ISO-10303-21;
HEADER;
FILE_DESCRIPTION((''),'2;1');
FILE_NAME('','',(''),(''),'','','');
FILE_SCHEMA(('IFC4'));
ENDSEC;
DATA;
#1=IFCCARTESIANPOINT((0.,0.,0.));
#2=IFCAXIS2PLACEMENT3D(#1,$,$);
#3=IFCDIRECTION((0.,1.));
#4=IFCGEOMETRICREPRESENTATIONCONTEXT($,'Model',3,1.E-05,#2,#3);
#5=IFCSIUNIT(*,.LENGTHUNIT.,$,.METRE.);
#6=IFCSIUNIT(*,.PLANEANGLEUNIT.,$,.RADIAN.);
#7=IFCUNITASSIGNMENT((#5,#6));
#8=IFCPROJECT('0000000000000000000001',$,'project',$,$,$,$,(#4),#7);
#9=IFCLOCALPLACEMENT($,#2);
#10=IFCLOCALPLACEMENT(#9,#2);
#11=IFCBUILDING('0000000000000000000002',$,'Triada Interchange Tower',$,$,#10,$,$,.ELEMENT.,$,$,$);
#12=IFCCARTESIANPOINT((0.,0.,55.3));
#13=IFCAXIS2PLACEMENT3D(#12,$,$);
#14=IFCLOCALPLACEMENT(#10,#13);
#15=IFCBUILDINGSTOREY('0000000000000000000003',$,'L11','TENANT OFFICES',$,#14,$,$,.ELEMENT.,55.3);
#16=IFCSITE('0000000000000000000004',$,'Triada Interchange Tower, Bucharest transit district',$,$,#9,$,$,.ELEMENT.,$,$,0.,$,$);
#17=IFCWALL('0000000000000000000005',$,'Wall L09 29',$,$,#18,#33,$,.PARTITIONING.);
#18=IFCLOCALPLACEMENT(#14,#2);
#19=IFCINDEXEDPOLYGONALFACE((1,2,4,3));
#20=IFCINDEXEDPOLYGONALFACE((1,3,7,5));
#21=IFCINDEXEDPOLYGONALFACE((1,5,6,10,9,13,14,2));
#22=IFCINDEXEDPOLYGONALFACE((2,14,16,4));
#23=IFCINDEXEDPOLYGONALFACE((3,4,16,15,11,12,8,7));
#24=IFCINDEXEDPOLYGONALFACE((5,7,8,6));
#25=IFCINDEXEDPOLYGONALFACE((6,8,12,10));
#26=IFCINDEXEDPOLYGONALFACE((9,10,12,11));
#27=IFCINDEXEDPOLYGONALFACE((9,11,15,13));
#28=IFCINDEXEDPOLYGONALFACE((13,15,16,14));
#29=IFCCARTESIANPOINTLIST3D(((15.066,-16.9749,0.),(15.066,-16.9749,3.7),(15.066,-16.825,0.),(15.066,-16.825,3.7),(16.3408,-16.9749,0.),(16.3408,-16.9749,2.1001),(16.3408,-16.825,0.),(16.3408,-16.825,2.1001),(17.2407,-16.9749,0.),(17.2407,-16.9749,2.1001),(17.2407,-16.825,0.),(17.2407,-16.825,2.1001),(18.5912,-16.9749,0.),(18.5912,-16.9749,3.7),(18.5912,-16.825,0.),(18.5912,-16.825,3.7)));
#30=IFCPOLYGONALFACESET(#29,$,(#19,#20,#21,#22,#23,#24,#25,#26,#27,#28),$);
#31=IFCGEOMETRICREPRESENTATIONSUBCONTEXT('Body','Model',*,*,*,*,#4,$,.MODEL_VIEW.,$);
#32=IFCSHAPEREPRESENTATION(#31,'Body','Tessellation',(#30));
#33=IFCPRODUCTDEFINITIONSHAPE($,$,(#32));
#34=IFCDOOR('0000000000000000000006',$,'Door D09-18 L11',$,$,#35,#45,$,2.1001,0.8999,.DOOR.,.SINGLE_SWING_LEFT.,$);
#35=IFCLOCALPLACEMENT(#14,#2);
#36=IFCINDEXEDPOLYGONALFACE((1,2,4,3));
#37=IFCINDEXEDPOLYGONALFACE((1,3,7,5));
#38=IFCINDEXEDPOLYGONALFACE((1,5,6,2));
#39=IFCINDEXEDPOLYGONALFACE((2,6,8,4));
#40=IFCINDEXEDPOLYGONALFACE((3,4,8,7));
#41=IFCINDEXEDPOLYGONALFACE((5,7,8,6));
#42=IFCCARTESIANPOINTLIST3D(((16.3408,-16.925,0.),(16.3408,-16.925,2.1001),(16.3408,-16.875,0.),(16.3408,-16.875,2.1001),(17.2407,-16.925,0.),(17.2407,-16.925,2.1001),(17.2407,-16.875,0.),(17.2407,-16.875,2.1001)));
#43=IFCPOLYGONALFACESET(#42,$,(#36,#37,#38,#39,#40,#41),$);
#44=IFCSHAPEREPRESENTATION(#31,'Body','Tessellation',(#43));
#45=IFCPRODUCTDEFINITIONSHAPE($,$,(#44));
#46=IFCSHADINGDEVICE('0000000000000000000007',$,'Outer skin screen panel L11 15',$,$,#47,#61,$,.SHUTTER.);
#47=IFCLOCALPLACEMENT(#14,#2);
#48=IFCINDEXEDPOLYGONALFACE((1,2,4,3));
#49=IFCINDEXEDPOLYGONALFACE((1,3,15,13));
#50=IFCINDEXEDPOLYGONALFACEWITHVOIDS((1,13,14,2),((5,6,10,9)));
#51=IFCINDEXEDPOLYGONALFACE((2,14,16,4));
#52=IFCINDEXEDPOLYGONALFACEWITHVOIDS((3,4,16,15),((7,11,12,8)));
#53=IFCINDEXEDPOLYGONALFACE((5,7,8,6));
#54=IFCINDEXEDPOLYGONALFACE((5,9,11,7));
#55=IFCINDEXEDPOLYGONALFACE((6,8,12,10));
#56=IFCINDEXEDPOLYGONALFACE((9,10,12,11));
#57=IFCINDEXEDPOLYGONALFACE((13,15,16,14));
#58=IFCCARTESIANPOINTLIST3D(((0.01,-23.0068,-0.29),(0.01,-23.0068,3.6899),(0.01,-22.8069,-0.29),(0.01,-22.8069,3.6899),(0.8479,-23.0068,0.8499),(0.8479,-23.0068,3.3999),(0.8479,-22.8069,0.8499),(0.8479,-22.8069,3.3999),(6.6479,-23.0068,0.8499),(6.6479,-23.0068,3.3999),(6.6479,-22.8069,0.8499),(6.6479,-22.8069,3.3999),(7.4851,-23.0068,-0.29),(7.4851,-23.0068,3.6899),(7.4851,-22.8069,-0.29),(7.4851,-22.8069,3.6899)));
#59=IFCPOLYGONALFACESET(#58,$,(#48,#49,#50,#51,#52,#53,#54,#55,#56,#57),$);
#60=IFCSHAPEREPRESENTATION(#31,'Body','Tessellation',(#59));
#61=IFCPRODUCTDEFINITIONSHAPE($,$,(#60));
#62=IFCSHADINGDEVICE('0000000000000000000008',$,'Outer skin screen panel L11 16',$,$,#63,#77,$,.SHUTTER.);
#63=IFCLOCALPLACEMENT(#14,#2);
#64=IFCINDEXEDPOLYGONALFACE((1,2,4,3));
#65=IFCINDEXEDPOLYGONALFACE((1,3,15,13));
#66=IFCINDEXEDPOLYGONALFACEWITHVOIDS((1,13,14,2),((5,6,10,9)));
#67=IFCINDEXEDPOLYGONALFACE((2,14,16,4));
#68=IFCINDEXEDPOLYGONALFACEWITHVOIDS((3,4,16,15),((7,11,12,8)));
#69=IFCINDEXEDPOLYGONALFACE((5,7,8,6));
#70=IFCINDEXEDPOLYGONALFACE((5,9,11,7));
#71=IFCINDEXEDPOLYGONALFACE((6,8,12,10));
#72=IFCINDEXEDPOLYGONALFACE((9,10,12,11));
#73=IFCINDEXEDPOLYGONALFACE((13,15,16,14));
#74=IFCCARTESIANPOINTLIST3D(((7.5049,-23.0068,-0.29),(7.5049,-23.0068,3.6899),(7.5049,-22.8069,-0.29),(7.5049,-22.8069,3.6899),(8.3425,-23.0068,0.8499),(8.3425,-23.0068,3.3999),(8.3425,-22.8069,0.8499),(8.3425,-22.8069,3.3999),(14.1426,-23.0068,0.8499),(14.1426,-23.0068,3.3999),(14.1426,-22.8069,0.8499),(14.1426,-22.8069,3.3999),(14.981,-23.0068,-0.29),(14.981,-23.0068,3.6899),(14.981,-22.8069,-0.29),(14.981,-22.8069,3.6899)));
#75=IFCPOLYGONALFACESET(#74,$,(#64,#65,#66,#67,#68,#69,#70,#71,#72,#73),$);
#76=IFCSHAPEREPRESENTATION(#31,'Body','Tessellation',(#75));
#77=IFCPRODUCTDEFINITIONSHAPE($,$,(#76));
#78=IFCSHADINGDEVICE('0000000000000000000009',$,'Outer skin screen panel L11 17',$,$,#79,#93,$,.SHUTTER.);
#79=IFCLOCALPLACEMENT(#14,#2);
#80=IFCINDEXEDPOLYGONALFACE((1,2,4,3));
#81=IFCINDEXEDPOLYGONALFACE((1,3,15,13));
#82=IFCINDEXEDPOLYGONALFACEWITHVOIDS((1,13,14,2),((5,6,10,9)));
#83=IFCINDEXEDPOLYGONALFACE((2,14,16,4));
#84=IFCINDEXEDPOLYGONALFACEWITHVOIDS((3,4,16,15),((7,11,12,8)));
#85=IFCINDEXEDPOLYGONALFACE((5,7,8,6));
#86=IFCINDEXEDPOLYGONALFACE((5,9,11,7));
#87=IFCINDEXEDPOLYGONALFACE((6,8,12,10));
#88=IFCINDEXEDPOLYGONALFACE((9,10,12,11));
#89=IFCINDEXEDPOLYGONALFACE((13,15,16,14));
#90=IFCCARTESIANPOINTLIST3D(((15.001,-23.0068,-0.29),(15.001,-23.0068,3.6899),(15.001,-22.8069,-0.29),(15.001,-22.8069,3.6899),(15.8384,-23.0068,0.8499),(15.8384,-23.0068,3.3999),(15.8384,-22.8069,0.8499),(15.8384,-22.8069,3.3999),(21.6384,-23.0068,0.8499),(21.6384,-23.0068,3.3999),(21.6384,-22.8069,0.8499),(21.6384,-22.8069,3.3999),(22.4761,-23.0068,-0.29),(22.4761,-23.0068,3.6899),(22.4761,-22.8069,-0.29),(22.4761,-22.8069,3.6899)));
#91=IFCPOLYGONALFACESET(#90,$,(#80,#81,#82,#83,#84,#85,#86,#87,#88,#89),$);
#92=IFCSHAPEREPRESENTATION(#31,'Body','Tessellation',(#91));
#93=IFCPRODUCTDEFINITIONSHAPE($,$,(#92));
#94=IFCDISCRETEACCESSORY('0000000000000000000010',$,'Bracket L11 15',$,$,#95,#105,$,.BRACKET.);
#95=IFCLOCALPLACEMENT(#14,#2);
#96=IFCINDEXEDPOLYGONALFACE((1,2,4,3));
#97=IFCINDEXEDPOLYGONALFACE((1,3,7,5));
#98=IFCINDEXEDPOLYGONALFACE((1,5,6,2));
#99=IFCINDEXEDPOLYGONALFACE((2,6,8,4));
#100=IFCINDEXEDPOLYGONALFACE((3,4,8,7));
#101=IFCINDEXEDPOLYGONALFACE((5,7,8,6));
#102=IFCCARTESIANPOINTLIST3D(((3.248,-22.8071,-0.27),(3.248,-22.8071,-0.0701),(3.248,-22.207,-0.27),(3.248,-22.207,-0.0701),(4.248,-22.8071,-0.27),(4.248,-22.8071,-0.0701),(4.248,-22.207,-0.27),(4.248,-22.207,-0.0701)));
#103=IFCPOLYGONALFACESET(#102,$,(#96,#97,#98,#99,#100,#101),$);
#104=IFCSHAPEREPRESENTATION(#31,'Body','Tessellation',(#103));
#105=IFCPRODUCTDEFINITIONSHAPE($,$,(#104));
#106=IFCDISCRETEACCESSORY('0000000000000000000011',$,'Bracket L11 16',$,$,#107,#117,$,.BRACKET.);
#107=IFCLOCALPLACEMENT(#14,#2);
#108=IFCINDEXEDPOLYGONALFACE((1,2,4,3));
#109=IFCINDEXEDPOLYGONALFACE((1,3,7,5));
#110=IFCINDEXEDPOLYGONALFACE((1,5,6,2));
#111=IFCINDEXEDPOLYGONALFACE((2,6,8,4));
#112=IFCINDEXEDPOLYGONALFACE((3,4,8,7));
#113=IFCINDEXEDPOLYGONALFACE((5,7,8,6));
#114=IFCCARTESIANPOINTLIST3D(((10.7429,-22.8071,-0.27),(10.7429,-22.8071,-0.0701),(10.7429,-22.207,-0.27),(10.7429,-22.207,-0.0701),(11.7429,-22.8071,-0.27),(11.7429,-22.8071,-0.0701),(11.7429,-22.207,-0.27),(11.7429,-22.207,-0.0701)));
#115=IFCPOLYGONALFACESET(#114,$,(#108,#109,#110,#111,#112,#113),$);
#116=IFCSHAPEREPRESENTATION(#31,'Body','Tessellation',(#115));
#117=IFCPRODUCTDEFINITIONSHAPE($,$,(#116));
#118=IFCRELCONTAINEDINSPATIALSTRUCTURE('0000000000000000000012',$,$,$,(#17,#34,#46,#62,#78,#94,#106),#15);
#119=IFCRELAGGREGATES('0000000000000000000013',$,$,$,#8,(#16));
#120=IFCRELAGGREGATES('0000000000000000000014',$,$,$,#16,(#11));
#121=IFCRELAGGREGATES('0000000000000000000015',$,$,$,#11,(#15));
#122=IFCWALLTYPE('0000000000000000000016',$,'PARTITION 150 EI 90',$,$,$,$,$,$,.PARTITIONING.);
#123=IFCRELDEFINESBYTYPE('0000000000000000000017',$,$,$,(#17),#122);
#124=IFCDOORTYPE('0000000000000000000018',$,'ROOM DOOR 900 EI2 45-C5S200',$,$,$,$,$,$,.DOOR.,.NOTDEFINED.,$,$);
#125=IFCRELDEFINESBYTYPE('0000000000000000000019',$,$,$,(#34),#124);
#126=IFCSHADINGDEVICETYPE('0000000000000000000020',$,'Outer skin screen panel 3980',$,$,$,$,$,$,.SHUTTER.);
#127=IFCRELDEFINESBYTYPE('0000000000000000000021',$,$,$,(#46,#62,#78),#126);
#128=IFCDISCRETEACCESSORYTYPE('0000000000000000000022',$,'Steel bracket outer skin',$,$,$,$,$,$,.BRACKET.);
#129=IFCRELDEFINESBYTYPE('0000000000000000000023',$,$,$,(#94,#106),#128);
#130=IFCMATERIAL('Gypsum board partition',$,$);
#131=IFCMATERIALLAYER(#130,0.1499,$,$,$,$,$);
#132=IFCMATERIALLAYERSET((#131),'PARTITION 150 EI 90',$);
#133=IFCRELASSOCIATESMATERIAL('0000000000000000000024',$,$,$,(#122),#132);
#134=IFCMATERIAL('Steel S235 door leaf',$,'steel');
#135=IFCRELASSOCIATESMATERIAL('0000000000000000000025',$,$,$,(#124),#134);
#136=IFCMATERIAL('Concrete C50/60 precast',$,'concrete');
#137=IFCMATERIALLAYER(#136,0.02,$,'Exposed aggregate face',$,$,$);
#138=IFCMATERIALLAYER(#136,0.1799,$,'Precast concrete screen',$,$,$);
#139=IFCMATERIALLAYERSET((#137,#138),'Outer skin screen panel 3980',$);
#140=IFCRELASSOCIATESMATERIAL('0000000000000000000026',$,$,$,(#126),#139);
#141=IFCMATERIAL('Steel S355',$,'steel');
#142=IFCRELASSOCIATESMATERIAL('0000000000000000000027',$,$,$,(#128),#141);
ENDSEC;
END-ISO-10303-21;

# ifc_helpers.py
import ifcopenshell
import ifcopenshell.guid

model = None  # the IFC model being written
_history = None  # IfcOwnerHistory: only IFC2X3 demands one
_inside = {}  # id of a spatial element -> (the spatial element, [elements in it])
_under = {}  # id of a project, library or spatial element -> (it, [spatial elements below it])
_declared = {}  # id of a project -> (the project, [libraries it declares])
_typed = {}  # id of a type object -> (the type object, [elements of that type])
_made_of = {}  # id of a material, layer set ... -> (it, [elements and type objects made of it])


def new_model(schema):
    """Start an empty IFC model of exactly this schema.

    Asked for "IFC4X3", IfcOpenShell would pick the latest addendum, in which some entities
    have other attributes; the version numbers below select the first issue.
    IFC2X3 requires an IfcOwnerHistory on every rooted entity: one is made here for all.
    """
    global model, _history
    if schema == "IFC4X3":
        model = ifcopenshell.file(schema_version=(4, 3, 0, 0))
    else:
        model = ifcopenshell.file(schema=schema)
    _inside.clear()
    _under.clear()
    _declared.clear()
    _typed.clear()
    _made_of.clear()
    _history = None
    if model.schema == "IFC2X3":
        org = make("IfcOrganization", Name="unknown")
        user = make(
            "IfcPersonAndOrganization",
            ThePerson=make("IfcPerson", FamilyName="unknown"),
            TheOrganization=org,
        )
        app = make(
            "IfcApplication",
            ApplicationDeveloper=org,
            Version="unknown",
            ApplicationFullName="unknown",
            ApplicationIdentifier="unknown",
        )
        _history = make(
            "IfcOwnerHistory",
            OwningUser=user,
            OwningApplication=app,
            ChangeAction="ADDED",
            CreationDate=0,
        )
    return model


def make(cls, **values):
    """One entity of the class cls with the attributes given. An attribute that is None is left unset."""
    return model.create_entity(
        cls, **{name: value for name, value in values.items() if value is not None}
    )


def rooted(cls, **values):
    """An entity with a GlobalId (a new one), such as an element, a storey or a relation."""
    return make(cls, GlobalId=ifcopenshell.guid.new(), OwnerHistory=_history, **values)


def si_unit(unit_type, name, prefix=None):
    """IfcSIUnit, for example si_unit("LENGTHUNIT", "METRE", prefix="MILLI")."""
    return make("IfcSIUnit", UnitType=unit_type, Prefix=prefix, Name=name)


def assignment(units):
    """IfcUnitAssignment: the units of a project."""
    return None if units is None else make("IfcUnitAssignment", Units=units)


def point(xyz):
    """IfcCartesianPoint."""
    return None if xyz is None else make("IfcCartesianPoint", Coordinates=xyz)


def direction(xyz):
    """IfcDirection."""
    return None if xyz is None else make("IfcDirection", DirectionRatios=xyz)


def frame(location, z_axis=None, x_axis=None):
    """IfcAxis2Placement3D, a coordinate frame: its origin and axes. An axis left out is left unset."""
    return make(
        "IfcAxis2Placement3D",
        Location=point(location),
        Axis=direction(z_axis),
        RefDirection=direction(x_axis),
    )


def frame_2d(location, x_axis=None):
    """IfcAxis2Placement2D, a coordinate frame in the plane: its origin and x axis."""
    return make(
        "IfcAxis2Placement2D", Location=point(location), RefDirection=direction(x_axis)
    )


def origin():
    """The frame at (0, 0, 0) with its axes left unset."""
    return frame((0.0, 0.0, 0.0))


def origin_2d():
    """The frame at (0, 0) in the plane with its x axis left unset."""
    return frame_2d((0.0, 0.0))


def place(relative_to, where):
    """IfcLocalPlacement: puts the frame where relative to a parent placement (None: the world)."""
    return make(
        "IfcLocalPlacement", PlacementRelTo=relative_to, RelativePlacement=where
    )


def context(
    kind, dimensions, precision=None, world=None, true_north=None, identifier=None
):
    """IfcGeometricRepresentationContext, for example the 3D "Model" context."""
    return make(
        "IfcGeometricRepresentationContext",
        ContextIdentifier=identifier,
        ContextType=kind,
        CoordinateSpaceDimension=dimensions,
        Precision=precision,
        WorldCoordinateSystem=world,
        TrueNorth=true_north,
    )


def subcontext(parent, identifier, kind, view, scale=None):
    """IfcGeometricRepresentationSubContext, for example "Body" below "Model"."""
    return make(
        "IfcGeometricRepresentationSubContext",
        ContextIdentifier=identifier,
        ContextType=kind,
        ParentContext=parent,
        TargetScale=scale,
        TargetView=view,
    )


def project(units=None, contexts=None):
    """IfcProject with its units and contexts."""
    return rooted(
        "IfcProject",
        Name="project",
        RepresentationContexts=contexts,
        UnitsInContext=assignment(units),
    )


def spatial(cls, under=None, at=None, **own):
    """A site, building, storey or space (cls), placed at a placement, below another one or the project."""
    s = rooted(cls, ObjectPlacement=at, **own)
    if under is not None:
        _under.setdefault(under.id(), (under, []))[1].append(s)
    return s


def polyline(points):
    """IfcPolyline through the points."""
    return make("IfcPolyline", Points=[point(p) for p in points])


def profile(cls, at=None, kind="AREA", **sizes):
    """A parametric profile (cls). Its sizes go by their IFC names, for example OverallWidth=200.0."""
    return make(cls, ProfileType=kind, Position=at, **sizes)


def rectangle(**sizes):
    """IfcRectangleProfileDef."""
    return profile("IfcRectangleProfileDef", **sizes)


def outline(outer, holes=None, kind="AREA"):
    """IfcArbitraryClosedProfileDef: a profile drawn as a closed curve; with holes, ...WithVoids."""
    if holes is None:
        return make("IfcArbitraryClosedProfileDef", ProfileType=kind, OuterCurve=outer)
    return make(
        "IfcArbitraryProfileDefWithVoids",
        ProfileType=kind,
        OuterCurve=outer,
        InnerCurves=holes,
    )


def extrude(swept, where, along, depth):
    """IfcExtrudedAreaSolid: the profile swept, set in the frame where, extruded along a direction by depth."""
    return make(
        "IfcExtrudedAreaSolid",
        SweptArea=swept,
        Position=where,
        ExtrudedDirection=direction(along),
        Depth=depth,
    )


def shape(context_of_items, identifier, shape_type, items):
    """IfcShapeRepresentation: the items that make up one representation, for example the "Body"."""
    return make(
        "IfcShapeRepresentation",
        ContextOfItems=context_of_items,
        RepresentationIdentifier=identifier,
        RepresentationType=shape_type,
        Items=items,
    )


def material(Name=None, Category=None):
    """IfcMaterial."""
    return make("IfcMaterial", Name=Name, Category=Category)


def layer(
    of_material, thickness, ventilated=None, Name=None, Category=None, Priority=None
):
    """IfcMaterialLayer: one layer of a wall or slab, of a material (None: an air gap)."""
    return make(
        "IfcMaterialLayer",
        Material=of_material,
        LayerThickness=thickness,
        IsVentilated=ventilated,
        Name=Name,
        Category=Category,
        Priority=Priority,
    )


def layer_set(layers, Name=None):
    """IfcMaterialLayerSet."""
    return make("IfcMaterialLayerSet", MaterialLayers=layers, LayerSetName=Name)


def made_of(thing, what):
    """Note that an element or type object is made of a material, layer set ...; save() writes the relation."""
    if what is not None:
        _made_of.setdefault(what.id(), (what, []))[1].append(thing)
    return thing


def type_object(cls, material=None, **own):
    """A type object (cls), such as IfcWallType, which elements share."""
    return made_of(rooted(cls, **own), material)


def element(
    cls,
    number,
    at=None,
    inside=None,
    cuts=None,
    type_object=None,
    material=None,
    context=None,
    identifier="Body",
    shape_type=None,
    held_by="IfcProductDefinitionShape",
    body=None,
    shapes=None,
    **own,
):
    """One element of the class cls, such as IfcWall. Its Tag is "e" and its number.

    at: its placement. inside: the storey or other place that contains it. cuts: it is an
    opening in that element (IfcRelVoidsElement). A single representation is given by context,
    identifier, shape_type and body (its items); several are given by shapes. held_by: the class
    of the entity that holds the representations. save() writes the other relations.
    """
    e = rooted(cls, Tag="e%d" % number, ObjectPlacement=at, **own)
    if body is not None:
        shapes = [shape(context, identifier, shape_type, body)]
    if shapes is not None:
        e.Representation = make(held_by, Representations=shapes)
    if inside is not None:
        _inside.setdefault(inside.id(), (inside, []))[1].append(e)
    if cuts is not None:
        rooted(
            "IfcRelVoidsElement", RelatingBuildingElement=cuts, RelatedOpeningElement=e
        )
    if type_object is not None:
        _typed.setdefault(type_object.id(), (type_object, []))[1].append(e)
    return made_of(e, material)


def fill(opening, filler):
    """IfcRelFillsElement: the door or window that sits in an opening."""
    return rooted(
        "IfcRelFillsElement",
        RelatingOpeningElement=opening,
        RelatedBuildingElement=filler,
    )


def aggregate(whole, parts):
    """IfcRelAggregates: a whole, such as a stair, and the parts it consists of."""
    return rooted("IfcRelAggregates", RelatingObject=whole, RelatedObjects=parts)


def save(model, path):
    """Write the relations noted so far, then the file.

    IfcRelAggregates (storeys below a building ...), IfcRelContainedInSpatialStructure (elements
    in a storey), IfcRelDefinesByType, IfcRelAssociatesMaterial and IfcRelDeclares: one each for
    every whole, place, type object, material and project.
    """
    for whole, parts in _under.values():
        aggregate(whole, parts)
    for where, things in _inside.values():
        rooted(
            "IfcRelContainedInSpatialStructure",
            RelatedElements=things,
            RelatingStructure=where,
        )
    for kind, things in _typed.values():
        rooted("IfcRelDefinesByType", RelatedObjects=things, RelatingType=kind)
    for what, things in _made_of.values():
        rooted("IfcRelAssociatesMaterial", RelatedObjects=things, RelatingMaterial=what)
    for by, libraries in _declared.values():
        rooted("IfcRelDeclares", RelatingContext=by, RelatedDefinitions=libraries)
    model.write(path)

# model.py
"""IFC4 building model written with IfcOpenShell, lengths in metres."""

from ifc_helpers import new_model, si_unit, direction, frame, frame_2d, origin, origin_2d, place, context, subcontext, project, spatial, polyline, rectangle, outline, extrude, material, layer, layer_set, type_object, element, fill, save


model = new_model("IFC4")

# Units and contexts
model_context = context("Model", 3, precision=1e-05, world=origin(), true_north=direction((0.0, 1.0)))
body_context = subcontext(model_context, "Body", "Model", "MODEL_VIEW")
ifc_project = project(units=[si_unit("LENGTHUNIT", "METRE"), si_unit("PLANEANGLEUNIT", "RADIAN")], contexts=[model_context])

# Site, building, storey
site_placement = place(None, origin())
site = spatial("IfcSite", under=ifc_project, at=site_placement, Name="Triada Interchange Tower, Bucharest transit district", CompositionType="ELEMENT", RefElevation=0.0)
building_placement = place(site_placement, origin())
building = spatial("IfcBuilding", under=site, at=building_placement, Name="Triada Interchange Tower", CompositionType="ELEMENT")
storey_placement = place(building_placement, frame((0.0, 0.0, 55.3)))
storey = spatial("IfcBuildingStorey", under=building, at=storey_placement, Name="L11", Description="TENANT OFFICES", CompositionType="ELEMENT", Elevation=55.3)

# Shared definitions
ifc_material_1 = material(Name="Gypsum board partition")

# Wall, opening, door
ifc_layer_1 = layer(ifc_material_1, 0.1499)
ifc_layer_set_1 = layer_set([ifc_layer_1], Name="PARTITION 150 EI 90")
wall_type_1 = type_object("IfcWallType", Name="PARTITION 150 EI 90", PredefinedType="PARTITIONING", material=ifc_layer_set_1)
wall_1_placement = place(storey_placement, frame((15.0659, -16.8999, 0.0), z_axis=(0.0, 0.0, 1.0), x_axis=(1.0, 0.0, 0.0)))
wall_1 = element("IfcWall", 1, at=wall_1_placement, inside=storey, type_object=wall_type_1, Name="Wall L09 29", PredefinedType="PARTITIONING", context=body_context, shape_type="SweptSolid", body=[
    extrude(rectangle(XDim=3.5251, YDim=0.1499, at=frame_2d((1.7627, 0.0))), origin(), (0.0, 0.0, 1.0), 3.7),
])
opening_placement = place(wall_1_placement, frame((1.2749, 0.0, 0.0)))
opening = element("IfcOpeningElement", 2, at=opening_placement, cuts=wall_1, PredefinedType="OPENING", context=body_context, shape_type="SweptSolid", body=[
    extrude(rectangle(XDim=0.8999, YDim=2.1001, at=frame_2d((0.45, 1.05))), frame((0.0, 0.085, 0.0), z_axis=(0.0, -1.0, 0.0), x_axis=(1.0, 0.0, 0.0)), (0.0, 0.0, 1.0), 0.1699),
])
ifc_material_2 = material(Name="Steel S235 door leaf", Category="steel")
door_type = type_object("IfcDoorType", Name="ROOM DOOR 900 EI2 45-C5S200", OperationType="NOTDEFINED", PredefinedType="DOOR", material=ifc_material_2)
door_placement = place(opening_placement, origin())
door = element("IfcDoor", 3, at=door_placement, inside=storey, type_object=door_type, Name="Door D09-18 L11", OperationType="SINGLE_SWING_LEFT", OverallHeight=2.1001, OverallWidth=0.8999, PredefinedType="DOOR", context=body_context, shape_type="SweptSolid", body=[
    extrude(rectangle(XDim=0.8999, YDim=2.1001, at=frame_2d((0.45, 1.05))), frame((0.0, 0.0249, 0.0), z_axis=(0.0, -1.0, 0.0), x_axis=(1.0, 0.0, 0.0)), (0.0, 0.0, 1.0), 0.05),
])
fill(opening, door)

# Shading devices
ifc_material_3 = material(Name="Concrete C50/60 precast", Category="concrete")
ifc_layer_2 = layer(ifc_material_3, 0.02, Name="Exposed aggregate face")
ifc_layer_3 = layer(ifc_material_3, 0.1799, Name="Precast concrete screen")
ifc_layer_set_2 = layer_set([ifc_layer_2, ifc_layer_3], Name="Outer skin screen panel 3980")
shading_device_type = type_object("IfcShadingDeviceType", Name="Outer skin screen panel 3980", PredefinedType="SHUTTER", material=ifc_layer_set_2)
shading_device_1_placement = place(storey_placement, frame((0.01, -22.8069, -0.29), z_axis=(0.0, 0.0, 1.0), x_axis=(1.0, 0.0, 0.0)))
element("IfcShadingDevice", 4, at=shading_device_1_placement, inside=storey, type_object=shading_device_type, Name="Outer skin screen panel L11 15", PredefinedType="SHUTTER", context=body_context, shape_type="SweptSolid", body=[
    extrude(outline(polyline([(0.0, 0.0), (7.4751, 0.0), (7.4751, 3.98), (0.0, 3.98), (0.0, 0.0)]), holes=[polyline([(0.8379, 1.1399), (0.8379, 3.6899), (6.6379, 3.6899), (6.6379, 1.1399), (0.8379, 1.1399)])]), frame((0.0, 0.0, 0.0), z_axis=(0.0, -1.0, 0.0), x_axis=(1.0, 0.0, 0.0)), (0.0, 0.0, 1.0), 0.2),
])
shading_device_2_placement = place(storey_placement, frame((7.5049, -22.8069, -0.29), z_axis=(0.0, 0.0, 1.0), x_axis=(1.0, 0.0, 0.0)))
element("IfcShadingDevice", 5, at=shading_device_2_placement, inside=storey, type_object=shading_device_type, Name="Outer skin screen panel L11 16", PredefinedType="SHUTTER", context=body_context, shape_type="SweptSolid", body=[
    extrude(outline(polyline([(0.0, 0.0), (7.4761, 0.0), (7.4761, 3.98), (0.0, 3.98), (0.0, 0.0)]), holes=[polyline([(0.8376, 1.1399), (0.8376, 3.6899), (6.6377, 3.6899), (6.6377, 1.1399), (0.8376, 1.1399)])]), frame((0.0, 0.0, 0.0), z_axis=(0.0, -1.0, 0.0), x_axis=(1.0, 0.0, 0.0)), (0.0, 0.0, 1.0), 0.2),
])
shading_device_3_placement = place(storey_placement, frame((15.001, -22.8069, -0.29), z_axis=(0.0, 0.0, 1.0), x_axis=(1.0, 0.0, 0.0)))
element("IfcShadingDevice", 6, at=shading_device_3_placement, inside=storey, type_object=shading_device_type, Name="Outer skin screen panel L11 17", PredefinedType="SHUTTER", context=body_context, shape_type="SweptSolid", body=[
    extrude(outline(polyline([(0.0, 0.0), (7.4751, 0.0), (7.4751, 3.98), (0.0, 3.98), (0.0, 0.0)]), holes=[polyline([(0.8374, 1.1399), (0.8374, 3.6899), (6.6375, 3.6899), (6.6375, 1.1399), (0.8374, 1.1399)])]), frame((0.0, 0.0, 0.0), z_axis=(0.0, -1.0, 0.0), x_axis=(1.0, 0.0, 0.0)), (0.0, 0.0, 1.0), 0.2),
])

# Discrete accessories
ifc_material_4 = material(Name="Steel S355", Category="steel")
discrete_accessory_type = type_object("IfcDiscreteAccessoryType", Name="Steel bracket outer skin", PredefinedType="BRACKET", material=ifc_material_4)
for number, where, z_axis, x_axis, name in (
    (7, (3.748, -22.5071, -0.27), (0.0, 0.0, 1.0), (0.0, -1.0, 0.0), "Bracket L11 15"),
    (8, (11.2429, -22.5071, -0.27), (0.0, 0.0, 1.0), (0.0, -1.0, 0.0), "Bracket L11 16"),
):
    element("IfcDiscreteAccessory", number, at=place(storey_placement, frame(where, z_axis=z_axis, x_axis=x_axis)), inside=storey, type_object=discrete_accessory_type, Name=name, PredefinedType="BRACKET", context=body_context, shape_type="SweptSolid", body=[
        extrude(rectangle(XDim=0.6001, YDim=1.0, at=origin_2d()), origin(), (0.0, 0.0, 1.0), 0.2),
    ])

save(model, "model.ifc")
